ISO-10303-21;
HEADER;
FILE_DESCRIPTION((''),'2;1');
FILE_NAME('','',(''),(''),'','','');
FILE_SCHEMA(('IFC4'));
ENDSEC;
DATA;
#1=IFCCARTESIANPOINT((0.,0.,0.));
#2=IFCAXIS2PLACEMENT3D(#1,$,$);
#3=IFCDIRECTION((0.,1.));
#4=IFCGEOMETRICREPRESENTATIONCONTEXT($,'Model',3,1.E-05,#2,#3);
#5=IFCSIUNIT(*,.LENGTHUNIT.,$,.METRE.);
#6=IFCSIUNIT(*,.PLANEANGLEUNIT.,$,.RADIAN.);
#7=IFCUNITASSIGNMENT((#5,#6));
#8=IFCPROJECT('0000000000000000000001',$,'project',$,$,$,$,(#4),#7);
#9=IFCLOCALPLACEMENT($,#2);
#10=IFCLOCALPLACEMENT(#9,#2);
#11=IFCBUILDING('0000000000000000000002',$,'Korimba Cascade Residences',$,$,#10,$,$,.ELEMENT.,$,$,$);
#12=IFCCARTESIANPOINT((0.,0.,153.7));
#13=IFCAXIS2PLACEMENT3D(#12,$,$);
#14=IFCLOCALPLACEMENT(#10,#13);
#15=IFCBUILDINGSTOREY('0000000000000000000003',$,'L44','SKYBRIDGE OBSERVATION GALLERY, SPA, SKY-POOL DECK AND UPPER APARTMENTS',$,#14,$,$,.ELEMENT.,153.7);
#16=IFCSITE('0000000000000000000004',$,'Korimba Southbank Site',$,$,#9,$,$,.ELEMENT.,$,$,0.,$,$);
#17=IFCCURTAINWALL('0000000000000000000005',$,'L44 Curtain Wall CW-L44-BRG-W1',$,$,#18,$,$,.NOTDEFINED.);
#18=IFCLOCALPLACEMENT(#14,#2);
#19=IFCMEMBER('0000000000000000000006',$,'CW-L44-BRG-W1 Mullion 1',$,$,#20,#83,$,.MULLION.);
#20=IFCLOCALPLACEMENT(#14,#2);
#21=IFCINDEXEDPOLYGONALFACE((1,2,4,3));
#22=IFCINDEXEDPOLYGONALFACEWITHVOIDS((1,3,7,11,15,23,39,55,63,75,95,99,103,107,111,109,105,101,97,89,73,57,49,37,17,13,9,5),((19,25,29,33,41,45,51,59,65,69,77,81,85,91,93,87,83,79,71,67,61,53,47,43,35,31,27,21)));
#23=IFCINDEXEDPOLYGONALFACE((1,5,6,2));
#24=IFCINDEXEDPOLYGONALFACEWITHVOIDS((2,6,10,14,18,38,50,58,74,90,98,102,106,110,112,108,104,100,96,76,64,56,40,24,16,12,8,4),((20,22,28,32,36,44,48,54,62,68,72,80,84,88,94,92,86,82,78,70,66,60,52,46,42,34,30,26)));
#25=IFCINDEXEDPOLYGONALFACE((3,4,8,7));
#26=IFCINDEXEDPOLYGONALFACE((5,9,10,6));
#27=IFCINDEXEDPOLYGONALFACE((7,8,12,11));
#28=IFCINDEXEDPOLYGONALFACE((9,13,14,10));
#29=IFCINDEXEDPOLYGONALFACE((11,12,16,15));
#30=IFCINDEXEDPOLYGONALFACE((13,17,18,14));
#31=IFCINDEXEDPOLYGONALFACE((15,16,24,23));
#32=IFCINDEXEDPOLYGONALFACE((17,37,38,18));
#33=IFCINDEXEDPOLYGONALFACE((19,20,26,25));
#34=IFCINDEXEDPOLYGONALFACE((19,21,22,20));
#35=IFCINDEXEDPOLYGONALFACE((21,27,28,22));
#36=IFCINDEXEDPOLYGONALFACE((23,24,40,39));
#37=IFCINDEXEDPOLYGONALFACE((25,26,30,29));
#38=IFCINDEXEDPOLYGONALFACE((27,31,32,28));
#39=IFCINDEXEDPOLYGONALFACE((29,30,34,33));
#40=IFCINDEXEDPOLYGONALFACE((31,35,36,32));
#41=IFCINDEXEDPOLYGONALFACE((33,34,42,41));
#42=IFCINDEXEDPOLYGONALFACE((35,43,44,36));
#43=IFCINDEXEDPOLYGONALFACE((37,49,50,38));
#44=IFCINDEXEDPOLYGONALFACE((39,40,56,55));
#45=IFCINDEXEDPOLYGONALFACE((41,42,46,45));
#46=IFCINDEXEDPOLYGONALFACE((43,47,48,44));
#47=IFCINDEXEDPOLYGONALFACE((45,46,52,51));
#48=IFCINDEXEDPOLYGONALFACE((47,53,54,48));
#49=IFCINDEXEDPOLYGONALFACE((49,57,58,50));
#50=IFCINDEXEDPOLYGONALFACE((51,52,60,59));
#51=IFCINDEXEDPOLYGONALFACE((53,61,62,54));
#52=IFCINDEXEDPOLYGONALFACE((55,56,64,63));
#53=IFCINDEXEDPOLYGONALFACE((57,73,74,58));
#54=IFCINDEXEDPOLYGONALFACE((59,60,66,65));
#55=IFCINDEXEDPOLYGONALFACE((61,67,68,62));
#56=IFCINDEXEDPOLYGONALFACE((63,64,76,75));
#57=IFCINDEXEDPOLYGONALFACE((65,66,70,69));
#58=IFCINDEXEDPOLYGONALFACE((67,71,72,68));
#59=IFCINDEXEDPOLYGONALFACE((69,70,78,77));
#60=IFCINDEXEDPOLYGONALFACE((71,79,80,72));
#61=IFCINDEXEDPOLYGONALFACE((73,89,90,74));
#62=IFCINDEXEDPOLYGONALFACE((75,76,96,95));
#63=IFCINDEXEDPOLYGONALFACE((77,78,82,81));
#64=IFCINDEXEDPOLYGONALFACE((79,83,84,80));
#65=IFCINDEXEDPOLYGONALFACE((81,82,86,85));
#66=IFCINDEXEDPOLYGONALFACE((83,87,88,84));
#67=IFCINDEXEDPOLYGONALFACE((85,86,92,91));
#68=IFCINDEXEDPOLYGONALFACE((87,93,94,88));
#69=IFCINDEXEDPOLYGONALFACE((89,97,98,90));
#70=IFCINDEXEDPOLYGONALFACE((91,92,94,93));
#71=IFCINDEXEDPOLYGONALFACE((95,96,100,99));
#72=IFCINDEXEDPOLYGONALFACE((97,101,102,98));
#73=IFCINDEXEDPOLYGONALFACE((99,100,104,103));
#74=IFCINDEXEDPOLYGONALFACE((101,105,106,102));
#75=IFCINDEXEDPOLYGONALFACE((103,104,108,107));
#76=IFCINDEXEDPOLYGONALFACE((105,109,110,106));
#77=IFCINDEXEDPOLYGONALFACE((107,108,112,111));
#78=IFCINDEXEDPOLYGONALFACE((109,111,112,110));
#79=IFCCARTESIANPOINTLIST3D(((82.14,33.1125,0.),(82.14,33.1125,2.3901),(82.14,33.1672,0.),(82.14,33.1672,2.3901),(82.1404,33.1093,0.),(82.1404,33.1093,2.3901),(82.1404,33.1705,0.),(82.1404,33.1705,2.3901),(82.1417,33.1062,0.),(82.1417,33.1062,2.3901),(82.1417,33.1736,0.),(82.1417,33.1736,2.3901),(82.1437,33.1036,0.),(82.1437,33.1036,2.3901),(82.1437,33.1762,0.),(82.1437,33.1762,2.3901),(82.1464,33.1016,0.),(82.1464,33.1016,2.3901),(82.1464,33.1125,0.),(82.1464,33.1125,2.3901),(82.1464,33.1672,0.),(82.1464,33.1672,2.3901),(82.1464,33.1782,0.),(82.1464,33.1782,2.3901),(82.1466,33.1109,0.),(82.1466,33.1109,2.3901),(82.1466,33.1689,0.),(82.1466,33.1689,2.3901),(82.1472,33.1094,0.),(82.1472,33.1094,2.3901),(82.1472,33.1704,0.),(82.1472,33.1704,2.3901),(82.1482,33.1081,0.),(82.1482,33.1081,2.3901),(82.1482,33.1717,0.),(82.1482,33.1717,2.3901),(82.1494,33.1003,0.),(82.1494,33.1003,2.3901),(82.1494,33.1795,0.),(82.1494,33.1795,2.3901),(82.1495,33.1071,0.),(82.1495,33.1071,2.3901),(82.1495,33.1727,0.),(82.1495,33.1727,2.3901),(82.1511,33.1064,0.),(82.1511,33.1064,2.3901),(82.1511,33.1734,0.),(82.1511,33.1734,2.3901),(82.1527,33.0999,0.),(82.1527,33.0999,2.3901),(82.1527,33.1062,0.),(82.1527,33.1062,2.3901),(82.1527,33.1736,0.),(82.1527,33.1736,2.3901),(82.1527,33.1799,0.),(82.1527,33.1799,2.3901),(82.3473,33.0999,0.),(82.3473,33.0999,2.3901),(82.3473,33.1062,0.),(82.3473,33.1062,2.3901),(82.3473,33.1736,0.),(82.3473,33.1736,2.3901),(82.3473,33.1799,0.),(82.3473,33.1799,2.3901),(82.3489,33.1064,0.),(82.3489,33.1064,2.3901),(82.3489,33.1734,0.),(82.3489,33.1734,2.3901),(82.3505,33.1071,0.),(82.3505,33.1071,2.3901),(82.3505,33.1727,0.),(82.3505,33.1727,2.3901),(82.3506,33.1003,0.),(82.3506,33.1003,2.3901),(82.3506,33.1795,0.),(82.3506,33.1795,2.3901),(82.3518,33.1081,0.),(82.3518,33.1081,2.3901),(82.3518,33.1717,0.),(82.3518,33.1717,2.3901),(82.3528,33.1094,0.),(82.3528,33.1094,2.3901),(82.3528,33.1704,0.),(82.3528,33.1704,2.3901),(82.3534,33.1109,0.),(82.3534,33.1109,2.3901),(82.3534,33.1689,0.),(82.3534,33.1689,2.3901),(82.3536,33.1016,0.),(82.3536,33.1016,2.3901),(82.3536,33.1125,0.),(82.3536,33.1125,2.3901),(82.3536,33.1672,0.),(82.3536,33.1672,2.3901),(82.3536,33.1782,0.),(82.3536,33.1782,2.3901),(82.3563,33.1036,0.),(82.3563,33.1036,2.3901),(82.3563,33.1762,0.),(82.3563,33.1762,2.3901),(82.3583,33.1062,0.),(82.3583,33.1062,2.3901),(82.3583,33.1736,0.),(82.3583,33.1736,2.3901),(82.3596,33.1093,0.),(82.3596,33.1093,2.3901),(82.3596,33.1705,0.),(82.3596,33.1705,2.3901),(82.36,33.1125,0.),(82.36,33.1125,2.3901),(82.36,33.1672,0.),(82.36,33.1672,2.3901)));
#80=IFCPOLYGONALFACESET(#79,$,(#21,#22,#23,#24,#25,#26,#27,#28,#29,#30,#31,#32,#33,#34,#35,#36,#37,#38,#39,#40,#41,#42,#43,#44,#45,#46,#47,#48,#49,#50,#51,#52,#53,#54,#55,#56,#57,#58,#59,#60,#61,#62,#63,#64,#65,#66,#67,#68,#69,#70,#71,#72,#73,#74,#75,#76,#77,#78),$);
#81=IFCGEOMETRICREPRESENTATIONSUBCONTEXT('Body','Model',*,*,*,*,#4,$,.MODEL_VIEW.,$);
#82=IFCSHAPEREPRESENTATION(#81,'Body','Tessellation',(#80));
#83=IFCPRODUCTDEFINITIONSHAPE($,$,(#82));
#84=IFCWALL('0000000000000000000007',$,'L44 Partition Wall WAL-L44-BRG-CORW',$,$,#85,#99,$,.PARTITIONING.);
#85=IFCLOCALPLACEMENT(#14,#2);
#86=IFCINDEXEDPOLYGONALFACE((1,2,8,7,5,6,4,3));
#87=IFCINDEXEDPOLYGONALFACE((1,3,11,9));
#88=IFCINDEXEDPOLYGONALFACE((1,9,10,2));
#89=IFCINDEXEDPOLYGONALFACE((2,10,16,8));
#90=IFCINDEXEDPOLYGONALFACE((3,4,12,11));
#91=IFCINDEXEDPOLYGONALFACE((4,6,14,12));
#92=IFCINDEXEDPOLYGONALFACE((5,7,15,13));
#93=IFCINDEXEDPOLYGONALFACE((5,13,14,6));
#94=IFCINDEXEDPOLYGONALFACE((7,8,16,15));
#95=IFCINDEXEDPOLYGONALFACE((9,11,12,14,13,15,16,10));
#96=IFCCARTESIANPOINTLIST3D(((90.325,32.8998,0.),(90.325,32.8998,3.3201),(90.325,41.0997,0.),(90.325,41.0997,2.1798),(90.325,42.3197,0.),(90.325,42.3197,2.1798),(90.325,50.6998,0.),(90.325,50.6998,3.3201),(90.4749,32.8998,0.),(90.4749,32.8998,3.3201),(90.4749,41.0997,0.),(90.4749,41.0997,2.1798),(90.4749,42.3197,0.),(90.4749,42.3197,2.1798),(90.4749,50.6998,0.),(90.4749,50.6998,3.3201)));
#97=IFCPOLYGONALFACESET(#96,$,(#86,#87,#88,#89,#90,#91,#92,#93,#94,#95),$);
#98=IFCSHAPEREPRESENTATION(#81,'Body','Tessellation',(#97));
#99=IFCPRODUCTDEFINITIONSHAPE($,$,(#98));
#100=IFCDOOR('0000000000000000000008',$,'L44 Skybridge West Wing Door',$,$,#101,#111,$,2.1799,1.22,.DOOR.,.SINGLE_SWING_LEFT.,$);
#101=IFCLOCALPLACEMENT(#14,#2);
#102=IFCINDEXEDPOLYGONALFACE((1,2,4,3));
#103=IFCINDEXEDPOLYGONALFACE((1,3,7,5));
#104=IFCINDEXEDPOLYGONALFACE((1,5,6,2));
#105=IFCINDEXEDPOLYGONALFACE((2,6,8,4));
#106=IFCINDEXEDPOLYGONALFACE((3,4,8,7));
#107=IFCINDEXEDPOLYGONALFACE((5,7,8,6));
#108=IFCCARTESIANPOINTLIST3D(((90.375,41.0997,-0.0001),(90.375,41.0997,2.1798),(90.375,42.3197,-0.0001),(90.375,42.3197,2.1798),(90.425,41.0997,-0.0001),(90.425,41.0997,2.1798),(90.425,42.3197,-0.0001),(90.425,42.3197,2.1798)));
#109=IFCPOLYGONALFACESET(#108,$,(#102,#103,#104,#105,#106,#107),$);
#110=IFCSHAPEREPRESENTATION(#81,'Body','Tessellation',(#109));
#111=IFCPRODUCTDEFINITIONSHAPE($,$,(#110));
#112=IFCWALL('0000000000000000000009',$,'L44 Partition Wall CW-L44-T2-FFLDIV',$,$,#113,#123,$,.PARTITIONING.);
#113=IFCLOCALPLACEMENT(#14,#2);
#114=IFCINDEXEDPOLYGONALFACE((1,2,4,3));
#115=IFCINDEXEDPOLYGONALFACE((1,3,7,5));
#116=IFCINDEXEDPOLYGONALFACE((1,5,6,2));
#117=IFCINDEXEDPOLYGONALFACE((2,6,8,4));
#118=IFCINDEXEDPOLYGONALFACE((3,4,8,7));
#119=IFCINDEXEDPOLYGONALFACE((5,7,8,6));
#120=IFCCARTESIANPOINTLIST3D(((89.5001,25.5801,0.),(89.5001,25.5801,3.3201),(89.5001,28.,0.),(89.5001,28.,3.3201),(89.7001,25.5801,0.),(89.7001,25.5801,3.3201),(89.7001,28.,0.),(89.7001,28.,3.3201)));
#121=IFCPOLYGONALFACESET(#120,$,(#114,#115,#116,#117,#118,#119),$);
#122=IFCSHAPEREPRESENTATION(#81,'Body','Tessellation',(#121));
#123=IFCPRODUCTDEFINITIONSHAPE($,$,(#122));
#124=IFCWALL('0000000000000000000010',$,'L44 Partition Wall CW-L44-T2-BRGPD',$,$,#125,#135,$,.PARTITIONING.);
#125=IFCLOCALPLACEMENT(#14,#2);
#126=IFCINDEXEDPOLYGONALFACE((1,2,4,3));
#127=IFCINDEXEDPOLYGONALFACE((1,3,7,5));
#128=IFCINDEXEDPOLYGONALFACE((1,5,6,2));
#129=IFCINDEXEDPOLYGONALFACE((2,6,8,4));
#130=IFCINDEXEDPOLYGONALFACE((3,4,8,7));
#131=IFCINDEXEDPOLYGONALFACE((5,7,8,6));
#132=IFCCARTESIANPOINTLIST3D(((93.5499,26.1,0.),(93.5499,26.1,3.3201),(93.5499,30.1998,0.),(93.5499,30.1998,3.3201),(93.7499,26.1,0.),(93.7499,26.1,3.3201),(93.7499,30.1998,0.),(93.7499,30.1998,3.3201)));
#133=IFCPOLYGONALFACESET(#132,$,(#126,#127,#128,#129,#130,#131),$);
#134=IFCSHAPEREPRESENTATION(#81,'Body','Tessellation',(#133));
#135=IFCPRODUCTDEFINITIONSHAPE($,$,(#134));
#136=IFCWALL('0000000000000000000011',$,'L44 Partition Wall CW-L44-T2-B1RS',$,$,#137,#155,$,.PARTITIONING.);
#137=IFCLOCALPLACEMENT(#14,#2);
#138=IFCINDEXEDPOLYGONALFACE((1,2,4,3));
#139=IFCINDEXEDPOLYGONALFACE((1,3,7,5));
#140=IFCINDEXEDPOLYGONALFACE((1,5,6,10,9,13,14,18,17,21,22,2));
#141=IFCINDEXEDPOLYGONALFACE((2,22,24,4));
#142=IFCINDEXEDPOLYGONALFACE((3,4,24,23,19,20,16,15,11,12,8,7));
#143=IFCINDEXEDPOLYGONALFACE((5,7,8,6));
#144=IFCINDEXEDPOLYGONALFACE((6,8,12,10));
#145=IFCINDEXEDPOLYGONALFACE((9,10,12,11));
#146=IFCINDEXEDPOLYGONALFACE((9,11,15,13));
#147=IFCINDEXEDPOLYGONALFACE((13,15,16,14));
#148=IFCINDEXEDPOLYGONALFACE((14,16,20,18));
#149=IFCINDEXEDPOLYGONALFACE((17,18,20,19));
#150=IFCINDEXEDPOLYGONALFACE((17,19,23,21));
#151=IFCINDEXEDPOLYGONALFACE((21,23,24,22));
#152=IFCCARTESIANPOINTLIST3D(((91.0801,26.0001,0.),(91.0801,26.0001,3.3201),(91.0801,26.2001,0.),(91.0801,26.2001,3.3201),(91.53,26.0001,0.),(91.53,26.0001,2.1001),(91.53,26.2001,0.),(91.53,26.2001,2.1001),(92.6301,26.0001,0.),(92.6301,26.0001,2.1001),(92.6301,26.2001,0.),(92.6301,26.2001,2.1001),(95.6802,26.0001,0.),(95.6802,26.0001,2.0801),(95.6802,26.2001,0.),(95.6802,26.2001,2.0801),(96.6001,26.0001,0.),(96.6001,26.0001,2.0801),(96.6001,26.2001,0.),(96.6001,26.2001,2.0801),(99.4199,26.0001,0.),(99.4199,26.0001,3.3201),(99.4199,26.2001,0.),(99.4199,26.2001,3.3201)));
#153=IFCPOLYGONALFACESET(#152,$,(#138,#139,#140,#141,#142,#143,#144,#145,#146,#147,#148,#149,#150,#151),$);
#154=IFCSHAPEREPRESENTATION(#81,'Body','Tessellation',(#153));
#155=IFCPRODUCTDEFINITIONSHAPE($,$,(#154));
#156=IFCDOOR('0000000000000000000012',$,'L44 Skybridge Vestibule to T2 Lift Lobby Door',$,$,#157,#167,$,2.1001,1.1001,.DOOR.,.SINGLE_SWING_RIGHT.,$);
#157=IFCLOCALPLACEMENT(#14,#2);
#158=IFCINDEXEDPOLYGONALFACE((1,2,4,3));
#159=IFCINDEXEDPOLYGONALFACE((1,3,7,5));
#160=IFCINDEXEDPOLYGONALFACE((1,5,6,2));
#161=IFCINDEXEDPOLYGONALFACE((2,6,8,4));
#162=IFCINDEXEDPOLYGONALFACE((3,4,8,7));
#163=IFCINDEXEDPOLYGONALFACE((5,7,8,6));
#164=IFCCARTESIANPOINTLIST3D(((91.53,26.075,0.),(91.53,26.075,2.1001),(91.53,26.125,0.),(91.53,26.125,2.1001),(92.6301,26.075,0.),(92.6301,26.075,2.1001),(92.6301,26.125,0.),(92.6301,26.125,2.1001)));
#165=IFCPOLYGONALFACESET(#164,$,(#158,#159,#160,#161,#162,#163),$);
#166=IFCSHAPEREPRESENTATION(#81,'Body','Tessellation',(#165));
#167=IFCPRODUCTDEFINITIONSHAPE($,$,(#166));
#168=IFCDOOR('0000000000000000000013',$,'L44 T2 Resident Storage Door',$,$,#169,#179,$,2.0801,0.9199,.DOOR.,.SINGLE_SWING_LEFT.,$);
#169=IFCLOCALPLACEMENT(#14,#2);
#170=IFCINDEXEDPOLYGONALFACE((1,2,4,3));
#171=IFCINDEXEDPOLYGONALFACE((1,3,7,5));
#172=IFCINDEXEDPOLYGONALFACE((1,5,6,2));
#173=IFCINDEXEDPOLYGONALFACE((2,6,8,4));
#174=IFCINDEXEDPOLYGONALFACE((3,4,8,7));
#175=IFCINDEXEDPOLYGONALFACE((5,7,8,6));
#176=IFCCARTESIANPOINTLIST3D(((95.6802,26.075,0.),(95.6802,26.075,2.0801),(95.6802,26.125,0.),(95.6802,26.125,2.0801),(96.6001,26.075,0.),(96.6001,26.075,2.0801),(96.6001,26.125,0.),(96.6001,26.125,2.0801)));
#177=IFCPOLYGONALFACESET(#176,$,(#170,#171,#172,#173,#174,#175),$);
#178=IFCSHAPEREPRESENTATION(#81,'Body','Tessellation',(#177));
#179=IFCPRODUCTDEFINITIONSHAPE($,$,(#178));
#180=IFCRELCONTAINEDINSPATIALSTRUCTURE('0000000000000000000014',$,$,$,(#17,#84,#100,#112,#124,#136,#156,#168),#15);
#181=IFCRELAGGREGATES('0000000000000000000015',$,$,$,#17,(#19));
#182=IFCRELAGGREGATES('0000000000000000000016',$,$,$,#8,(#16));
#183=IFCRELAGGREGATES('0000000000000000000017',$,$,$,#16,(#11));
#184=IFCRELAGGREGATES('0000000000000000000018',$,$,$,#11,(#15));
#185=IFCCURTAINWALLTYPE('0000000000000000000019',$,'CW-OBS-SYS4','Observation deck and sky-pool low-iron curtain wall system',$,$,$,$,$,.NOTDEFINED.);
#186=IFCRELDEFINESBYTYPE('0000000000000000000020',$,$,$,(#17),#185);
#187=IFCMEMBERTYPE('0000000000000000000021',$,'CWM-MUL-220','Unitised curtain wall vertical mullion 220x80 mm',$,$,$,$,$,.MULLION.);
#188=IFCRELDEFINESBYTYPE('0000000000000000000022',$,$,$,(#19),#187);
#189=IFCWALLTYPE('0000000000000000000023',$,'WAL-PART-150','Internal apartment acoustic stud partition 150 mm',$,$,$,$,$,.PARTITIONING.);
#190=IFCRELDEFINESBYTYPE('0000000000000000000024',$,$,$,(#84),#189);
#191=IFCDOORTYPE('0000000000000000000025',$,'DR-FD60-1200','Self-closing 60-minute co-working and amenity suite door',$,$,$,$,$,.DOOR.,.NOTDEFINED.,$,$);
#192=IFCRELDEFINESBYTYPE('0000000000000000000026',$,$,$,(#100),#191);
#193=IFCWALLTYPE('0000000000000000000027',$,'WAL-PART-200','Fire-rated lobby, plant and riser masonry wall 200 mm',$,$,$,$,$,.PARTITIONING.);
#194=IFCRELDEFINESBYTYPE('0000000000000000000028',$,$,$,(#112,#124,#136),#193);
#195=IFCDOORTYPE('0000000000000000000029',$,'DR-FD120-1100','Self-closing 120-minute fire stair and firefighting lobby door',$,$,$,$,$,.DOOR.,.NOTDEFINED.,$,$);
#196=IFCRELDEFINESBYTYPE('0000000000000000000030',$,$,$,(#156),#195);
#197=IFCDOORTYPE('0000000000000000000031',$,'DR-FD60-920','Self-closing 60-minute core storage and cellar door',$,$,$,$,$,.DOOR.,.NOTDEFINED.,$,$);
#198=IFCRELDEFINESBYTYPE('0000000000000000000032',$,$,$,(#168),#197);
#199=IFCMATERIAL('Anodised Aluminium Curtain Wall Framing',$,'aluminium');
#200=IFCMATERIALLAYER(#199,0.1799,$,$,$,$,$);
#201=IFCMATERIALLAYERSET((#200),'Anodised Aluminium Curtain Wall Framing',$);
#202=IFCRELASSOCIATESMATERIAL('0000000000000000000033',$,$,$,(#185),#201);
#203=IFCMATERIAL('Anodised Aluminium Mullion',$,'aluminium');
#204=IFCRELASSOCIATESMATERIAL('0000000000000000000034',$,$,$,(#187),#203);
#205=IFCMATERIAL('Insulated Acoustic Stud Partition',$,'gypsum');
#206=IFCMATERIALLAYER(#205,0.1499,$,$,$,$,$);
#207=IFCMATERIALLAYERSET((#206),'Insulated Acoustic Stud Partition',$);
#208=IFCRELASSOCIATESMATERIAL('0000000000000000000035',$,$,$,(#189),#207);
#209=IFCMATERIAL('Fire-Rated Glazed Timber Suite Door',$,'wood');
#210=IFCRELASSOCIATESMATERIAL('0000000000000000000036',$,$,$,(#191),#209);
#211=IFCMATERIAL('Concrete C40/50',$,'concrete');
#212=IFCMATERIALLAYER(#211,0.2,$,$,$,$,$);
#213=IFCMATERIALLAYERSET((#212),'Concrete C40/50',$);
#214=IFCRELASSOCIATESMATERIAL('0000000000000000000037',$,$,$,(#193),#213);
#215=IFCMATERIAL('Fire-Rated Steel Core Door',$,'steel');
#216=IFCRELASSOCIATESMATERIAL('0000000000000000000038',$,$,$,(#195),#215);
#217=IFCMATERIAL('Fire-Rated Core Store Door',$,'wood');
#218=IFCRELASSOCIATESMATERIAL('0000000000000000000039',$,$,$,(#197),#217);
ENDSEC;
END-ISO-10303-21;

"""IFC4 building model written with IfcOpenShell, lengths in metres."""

from ifc_helpers import new_model, si_unit, direction, frame, frame_2d, origin, origin_2d, place, context, subcontext, project, spatial, rectangle, hollow_rectangle, extrude, material, layer, layer_set, material_profile, profile_set, type_object, element, fill, aggregate, save


model = new_model("IFC4")

# Units and contexts
model_context = context("Model", 3, precision=1e-05, world=origin(), true_north=direction((0.0, 1.0)))
body_context = subcontext(model_context, "Body", "Model", "MODEL_VIEW")
ifc_project = project(units=[si_unit("LENGTHUNIT", "METRE"), si_unit("PLANEANGLEUNIT", "RADIAN")], contexts=[model_context])

# Site, building, storey
site_placement = place(None, origin())
site = spatial("IfcSite", under=ifc_project, at=site_placement, Name="Korimba Southbank Site", CompositionType="ELEMENT", RefElevation=0.0)
building_placement = place(site_placement, origin())
building = spatial("IfcBuilding", under=site, at=building_placement, Name="Korimba Cascade Residences", CompositionType="ELEMENT")
storey_placement = place(building_placement, frame((0.0, 0.0, 153.7)))
storey = spatial("IfcBuildingStorey", under=building, at=storey_placement, Name="L44", Description="SKYBRIDGE OBSERVATION GALLERY, SPA, SKY-POOL DECK AND UPPER APARTMENTS", CompositionType="ELEMENT", Elevation=153.7)

# Curtain wall, member
ifc_material_1 = material(Name="Anodised Aluminium Curtain Wall Framing", Category="aluminium")
ifc_layer_1 = layer(ifc_material_1, 0.1799)
ifc_layer_set_1 = layer_set([ifc_layer_1], Name="Anodised Aluminium Curtain Wall Framing")
curtain_wall_type = type_object("IfcCurtainWallType", Name="CW-OBS-SYS4", Description="Observation deck and sky-pool low-iron curtain wall system", PredefinedType="NOTDEFINED", material=ifc_layer_set_1)
curtain_wall_placement = place(storey_placement, origin())
curtain_wall = element("IfcCurtainWall", 1, at=curtain_wall_placement, inside=storey, type_object=curtain_wall_type, Name="L44 Curtain Wall CW-L44-BRG-W1", PredefinedType="NOTDEFINED")
ifc_material_2 = material(Name="Anodised Aluminium Mullion", Category="aluminium")
ifc_material_profile_1 = material_profile(ifc_material_2, hollow_rectangle(XDim=0.0801, YDim=0.22, WallThickness=0.0063, InnerFilletRadius=0.0063, OuterFilletRadius=0.0127, at=origin_2d()), Name="Anodised Aluminium Mullion")
ifc_profile_set_1 = profile_set([ifc_material_profile_1], Name="Anodised Aluminium Mullion")
member_type = type_object("IfcMemberType", Name="CWM-MUL-220", Description="Unitised curtain wall vertical mullion 220x80 mm", PredefinedType="MULLION", material=ifc_profile_set_1)
member_placement = place(storey_placement, frame((82.25, 33.1399, 0.0), z_axis=(0.0, 0.0, 1.0), x_axis=(0.0, 1.0, 0.0)))
member = element("IfcMember", 2, at=member_placement, type_object=member_type, Name="CW-L44-BRG-W1 Mullion 1", PredefinedType="MULLION", context=body_context, shape_type="SweptSolid", body=[
    extrude(hollow_rectangle(XDim=0.0801, YDim=0.22, WallThickness=0.0063, InnerFilletRadius=0.0063, OuterFilletRadius=0.0127, at=origin_2d()), origin(), (0.0, 0.0, 1.0), 2.3901),
])
aggregate(curtain_wall, [member])

# Wall, opening, door
ifc_material_3 = material(Name="Insulated Acoustic Stud Partition", Category="gypsum")
ifc_layer_2 = layer(ifc_material_3, 0.1499)
ifc_layer_set_2 = layer_set([ifc_layer_2], Name="Insulated Acoustic Stud Partition")
wall_type_1 = type_object("IfcWallType", Name="WAL-PART-150", Description="Internal apartment acoustic stud partition 150 mm", PredefinedType="PARTITIONING", material=ifc_layer_set_2)
wall_1_placement = place(storey_placement, frame((90.3999, 32.8999, 0.0), z_axis=(0.0, 0.0, 1.0), x_axis=(0.0, 1.0, 0.0)))
wall_1 = element("IfcWall", 3, at=wall_1_placement, inside=storey, type_object=wall_type_1, Name="L44 Partition Wall WAL-L44-BRG-CORW", PredefinedType="PARTITIONING", context=body_context, shape_type="SweptSolid", body=[
    extrude(rectangle(XDim=17.8, YDim=0.1499, at=frame_2d((8.8999, 0.0))), origin(), (0.0, 0.0, 1.0), 3.3201),
])
opening_1_placement = place(wall_1_placement, frame((8.2, 0.0, 0.0)))
opening_1 = element("IfcOpeningElement", 4, at=opening_1_placement, cuts=wall_1, PredefinedType="OPENING", context=body_context, shape_type="SweptSolid", body=[
    extrude(rectangle(XDim=1.22, YDim=2.1799, at=frame_2d((0.6099, 1.0898))), frame((0.0, 0.085, 0.0), z_axis=(0.0, -1.0, 0.0), x_axis=(1.0, 0.0, 0.0)), (0.0, 0.0, 1.0), 0.1699),
])
ifc_material_4 = material(Name="Fire-Rated Glazed Timber Suite Door", Category="wood")
door_type_1 = type_object("IfcDoorType", Name="DR-FD60-1200", Description="Self-closing 60-minute co-working and amenity suite door", OperationType="NOTDEFINED", PredefinedType="DOOR", material=ifc_material_4)
door_1_placement = place(opening_1_placement, origin())
door_1 = element("IfcDoor", 5, at=door_1_placement, inside=storey, type_object=door_type_1, Name="L44 Skybridge West Wing Door", OperationType="SINGLE_SWING_LEFT", OverallHeight=2.1799, OverallWidth=1.22, PredefinedType="DOOR", context=body_context, shape_type="SweptSolid", body=[
    extrude(rectangle(XDim=1.22, YDim=2.1799, at=frame_2d((0.6099, 1.0898))), frame((0.0, 0.0249, 0.0), z_axis=(0.0, -1.0, 0.0), x_axis=(1.0, 0.0, 0.0)), (0.0, 0.0, 1.0), 0.05),
])
fill(opening_1, door_1)

# Walls
ifc_material_5 = material(Name="Concrete C40/50", Category="concrete")
ifc_layer_3 = layer(ifc_material_5, 0.2)
ifc_layer_set_3 = layer_set([ifc_layer_3], Name="Concrete C40/50")
wall_type_2 = type_object("IfcWallType", Name="WAL-PART-200", Description="Fire-rated lobby, plant and riser masonry wall 200 mm", PredefinedType="PARTITIONING", material=ifc_layer_set_3)
wall_2_placement = place(storey_placement, frame((89.6001, 25.5801, 0.0), z_axis=(0.0, 0.0, 1.0), x_axis=(0.0, 1.0, 0.0)))
element("IfcWall", 6, at=wall_2_placement, inside=storey, type_object=wall_type_2, Name="L44 Partition Wall CW-L44-T2-FFLDIV", PredefinedType="PARTITIONING", context=body_context, shape_type="SweptSolid", body=[
    extrude(rectangle(XDim=2.4199, YDim=0.2, at=frame_2d((1.21, 0.0))), origin(), (0.0, 0.0, 1.0), 3.3201),
])
wall_3_placement = place(storey_placement, frame((93.6499, 26.1001, 0.0), z_axis=(0.0, 0.0, 1.0), x_axis=(0.0, 1.0, 0.0)))
element("IfcWall", 7, at=wall_3_placement, inside=storey, type_object=wall_type_2, Name="L44 Partition Wall CW-L44-T2-BRGPD", PredefinedType="PARTITIONING", context=body_context, shape_type="SweptSolid", body=[
    extrude(rectangle(XDim=4.0999, YDim=0.2, at=frame_2d((2.0498, 0.0))), origin(), (0.0, 0.0, 1.0), 3.3201),
])

# Wall, openings, doors
wall_4_placement = place(storey_placement, frame((91.0801, 26.1001, 0.0), z_axis=(0.0, 0.0, 1.0), x_axis=(1.0, 0.0, 0.0)))
wall_4 = element("IfcWall", 8, at=wall_4_placement, inside=storey, type_object=wall_type_2, Name="L44 Partition Wall CW-L44-T2-B1RS", PredefinedType="PARTITIONING", context=body_context, shape_type="SweptSolid", body=[
    extrude(rectangle(XDim=8.3398, YDim=0.2, at=frame_2d((4.1699, 0.0))), origin(), (0.0, 0.0, 1.0), 3.3201),
])
opening_2_placement = place(wall_4_placement, frame((0.45, 0.0, 0.0)))
opening_2 = element("IfcOpeningElement", 9, at=opening_2_placement, cuts=wall_4, PredefinedType="OPENING", context=body_context, shape_type="SweptSolid", body=[
    extrude(rectangle(XDim=1.1001, YDim=2.1001, at=frame_2d((0.55, 1.05))), frame((0.0, 0.1099, 0.0), z_axis=(0.0, -1.0, 0.0), x_axis=(1.0, 0.0, 0.0)), (0.0, 0.0, 1.0), 0.22),
])
opening_3_placement = place(wall_4_placement, frame((4.6001, 0.0, 0.0)))
opening_3 = element("IfcOpeningElement", 10, at=opening_3_placement, cuts=wall_4, PredefinedType="OPENING", context=body_context, shape_type="SweptSolid", body=[
    extrude(rectangle(XDim=0.9199, YDim=2.0801, at=frame_2d((0.46, 1.04))), frame((0.0, 0.1099, 0.0), z_axis=(0.0, -1.0, 0.0), x_axis=(1.0, 0.0, 0.0)), (0.0, 0.0, 1.0), 0.22),
])
ifc_material_6 = material(Name="Fire-Rated Steel Core Door", Category="steel")
door_type_2 = type_object("IfcDoorType", Name="DR-FD120-1100", Description="Self-closing 120-minute fire stair and firefighting lobby door", OperationType="NOTDEFINED", PredefinedType="DOOR", material=ifc_material_6)
door_2_placement = place(opening_2_placement, origin())
door_2 = element("IfcDoor", 11, at=door_2_placement, inside=storey, type_object=door_type_2, Name="L44 Skybridge Vestibule to T2 Lift Lobby Door", OperationType="SINGLE_SWING_RIGHT", OverallHeight=2.1001, OverallWidth=1.1001, PredefinedType="DOOR", context=body_context, shape_type="SweptSolid", body=[
    extrude(rectangle(XDim=1.1001, YDim=2.1001, at=frame_2d((0.55, 1.05))), frame((0.0, 0.0249, 0.0), z_axis=(0.0, -1.0, 0.0), x_axis=(1.0, 0.0, 0.0)), (0.0, 0.0, 1.0), 0.05),
])
fill(opening_2, door_2)
ifc_material_7 = material(Name="Fire-Rated Core Store Door", Category="wood")
door_type_3 = type_object("IfcDoorType", Name="DR-FD60-920", Description="Self-closing 60-minute core storage and cellar door", OperationType="NOTDEFINED", PredefinedType="DOOR", material=ifc_material_7)
door_3_placement = place(opening_3_placement, origin())
door_3 = element("IfcDoor", 12, at=door_3_placement, inside=storey, type_object=door_type_3, Name="L44 T2 Resident Storage Door", OperationType="SINGLE_SWING_LEFT", OverallHeight=2.0801, OverallWidth=0.9199, PredefinedType="DOOR", context=body_context, shape_type="SweptSolid", body=[
    extrude(rectangle(XDim=0.9199, YDim=2.0801, at=frame_2d((0.46, 1.04))), frame((0.0, 0.0249, 0.0), z_axis=(0.0, -1.0, 0.0), x_axis=(1.0, 0.0, 0.0)), (0.0, 0.0, 1.0), 0.05),
])
fill(opening_3, door_3)

save(model, "model.ifc")
